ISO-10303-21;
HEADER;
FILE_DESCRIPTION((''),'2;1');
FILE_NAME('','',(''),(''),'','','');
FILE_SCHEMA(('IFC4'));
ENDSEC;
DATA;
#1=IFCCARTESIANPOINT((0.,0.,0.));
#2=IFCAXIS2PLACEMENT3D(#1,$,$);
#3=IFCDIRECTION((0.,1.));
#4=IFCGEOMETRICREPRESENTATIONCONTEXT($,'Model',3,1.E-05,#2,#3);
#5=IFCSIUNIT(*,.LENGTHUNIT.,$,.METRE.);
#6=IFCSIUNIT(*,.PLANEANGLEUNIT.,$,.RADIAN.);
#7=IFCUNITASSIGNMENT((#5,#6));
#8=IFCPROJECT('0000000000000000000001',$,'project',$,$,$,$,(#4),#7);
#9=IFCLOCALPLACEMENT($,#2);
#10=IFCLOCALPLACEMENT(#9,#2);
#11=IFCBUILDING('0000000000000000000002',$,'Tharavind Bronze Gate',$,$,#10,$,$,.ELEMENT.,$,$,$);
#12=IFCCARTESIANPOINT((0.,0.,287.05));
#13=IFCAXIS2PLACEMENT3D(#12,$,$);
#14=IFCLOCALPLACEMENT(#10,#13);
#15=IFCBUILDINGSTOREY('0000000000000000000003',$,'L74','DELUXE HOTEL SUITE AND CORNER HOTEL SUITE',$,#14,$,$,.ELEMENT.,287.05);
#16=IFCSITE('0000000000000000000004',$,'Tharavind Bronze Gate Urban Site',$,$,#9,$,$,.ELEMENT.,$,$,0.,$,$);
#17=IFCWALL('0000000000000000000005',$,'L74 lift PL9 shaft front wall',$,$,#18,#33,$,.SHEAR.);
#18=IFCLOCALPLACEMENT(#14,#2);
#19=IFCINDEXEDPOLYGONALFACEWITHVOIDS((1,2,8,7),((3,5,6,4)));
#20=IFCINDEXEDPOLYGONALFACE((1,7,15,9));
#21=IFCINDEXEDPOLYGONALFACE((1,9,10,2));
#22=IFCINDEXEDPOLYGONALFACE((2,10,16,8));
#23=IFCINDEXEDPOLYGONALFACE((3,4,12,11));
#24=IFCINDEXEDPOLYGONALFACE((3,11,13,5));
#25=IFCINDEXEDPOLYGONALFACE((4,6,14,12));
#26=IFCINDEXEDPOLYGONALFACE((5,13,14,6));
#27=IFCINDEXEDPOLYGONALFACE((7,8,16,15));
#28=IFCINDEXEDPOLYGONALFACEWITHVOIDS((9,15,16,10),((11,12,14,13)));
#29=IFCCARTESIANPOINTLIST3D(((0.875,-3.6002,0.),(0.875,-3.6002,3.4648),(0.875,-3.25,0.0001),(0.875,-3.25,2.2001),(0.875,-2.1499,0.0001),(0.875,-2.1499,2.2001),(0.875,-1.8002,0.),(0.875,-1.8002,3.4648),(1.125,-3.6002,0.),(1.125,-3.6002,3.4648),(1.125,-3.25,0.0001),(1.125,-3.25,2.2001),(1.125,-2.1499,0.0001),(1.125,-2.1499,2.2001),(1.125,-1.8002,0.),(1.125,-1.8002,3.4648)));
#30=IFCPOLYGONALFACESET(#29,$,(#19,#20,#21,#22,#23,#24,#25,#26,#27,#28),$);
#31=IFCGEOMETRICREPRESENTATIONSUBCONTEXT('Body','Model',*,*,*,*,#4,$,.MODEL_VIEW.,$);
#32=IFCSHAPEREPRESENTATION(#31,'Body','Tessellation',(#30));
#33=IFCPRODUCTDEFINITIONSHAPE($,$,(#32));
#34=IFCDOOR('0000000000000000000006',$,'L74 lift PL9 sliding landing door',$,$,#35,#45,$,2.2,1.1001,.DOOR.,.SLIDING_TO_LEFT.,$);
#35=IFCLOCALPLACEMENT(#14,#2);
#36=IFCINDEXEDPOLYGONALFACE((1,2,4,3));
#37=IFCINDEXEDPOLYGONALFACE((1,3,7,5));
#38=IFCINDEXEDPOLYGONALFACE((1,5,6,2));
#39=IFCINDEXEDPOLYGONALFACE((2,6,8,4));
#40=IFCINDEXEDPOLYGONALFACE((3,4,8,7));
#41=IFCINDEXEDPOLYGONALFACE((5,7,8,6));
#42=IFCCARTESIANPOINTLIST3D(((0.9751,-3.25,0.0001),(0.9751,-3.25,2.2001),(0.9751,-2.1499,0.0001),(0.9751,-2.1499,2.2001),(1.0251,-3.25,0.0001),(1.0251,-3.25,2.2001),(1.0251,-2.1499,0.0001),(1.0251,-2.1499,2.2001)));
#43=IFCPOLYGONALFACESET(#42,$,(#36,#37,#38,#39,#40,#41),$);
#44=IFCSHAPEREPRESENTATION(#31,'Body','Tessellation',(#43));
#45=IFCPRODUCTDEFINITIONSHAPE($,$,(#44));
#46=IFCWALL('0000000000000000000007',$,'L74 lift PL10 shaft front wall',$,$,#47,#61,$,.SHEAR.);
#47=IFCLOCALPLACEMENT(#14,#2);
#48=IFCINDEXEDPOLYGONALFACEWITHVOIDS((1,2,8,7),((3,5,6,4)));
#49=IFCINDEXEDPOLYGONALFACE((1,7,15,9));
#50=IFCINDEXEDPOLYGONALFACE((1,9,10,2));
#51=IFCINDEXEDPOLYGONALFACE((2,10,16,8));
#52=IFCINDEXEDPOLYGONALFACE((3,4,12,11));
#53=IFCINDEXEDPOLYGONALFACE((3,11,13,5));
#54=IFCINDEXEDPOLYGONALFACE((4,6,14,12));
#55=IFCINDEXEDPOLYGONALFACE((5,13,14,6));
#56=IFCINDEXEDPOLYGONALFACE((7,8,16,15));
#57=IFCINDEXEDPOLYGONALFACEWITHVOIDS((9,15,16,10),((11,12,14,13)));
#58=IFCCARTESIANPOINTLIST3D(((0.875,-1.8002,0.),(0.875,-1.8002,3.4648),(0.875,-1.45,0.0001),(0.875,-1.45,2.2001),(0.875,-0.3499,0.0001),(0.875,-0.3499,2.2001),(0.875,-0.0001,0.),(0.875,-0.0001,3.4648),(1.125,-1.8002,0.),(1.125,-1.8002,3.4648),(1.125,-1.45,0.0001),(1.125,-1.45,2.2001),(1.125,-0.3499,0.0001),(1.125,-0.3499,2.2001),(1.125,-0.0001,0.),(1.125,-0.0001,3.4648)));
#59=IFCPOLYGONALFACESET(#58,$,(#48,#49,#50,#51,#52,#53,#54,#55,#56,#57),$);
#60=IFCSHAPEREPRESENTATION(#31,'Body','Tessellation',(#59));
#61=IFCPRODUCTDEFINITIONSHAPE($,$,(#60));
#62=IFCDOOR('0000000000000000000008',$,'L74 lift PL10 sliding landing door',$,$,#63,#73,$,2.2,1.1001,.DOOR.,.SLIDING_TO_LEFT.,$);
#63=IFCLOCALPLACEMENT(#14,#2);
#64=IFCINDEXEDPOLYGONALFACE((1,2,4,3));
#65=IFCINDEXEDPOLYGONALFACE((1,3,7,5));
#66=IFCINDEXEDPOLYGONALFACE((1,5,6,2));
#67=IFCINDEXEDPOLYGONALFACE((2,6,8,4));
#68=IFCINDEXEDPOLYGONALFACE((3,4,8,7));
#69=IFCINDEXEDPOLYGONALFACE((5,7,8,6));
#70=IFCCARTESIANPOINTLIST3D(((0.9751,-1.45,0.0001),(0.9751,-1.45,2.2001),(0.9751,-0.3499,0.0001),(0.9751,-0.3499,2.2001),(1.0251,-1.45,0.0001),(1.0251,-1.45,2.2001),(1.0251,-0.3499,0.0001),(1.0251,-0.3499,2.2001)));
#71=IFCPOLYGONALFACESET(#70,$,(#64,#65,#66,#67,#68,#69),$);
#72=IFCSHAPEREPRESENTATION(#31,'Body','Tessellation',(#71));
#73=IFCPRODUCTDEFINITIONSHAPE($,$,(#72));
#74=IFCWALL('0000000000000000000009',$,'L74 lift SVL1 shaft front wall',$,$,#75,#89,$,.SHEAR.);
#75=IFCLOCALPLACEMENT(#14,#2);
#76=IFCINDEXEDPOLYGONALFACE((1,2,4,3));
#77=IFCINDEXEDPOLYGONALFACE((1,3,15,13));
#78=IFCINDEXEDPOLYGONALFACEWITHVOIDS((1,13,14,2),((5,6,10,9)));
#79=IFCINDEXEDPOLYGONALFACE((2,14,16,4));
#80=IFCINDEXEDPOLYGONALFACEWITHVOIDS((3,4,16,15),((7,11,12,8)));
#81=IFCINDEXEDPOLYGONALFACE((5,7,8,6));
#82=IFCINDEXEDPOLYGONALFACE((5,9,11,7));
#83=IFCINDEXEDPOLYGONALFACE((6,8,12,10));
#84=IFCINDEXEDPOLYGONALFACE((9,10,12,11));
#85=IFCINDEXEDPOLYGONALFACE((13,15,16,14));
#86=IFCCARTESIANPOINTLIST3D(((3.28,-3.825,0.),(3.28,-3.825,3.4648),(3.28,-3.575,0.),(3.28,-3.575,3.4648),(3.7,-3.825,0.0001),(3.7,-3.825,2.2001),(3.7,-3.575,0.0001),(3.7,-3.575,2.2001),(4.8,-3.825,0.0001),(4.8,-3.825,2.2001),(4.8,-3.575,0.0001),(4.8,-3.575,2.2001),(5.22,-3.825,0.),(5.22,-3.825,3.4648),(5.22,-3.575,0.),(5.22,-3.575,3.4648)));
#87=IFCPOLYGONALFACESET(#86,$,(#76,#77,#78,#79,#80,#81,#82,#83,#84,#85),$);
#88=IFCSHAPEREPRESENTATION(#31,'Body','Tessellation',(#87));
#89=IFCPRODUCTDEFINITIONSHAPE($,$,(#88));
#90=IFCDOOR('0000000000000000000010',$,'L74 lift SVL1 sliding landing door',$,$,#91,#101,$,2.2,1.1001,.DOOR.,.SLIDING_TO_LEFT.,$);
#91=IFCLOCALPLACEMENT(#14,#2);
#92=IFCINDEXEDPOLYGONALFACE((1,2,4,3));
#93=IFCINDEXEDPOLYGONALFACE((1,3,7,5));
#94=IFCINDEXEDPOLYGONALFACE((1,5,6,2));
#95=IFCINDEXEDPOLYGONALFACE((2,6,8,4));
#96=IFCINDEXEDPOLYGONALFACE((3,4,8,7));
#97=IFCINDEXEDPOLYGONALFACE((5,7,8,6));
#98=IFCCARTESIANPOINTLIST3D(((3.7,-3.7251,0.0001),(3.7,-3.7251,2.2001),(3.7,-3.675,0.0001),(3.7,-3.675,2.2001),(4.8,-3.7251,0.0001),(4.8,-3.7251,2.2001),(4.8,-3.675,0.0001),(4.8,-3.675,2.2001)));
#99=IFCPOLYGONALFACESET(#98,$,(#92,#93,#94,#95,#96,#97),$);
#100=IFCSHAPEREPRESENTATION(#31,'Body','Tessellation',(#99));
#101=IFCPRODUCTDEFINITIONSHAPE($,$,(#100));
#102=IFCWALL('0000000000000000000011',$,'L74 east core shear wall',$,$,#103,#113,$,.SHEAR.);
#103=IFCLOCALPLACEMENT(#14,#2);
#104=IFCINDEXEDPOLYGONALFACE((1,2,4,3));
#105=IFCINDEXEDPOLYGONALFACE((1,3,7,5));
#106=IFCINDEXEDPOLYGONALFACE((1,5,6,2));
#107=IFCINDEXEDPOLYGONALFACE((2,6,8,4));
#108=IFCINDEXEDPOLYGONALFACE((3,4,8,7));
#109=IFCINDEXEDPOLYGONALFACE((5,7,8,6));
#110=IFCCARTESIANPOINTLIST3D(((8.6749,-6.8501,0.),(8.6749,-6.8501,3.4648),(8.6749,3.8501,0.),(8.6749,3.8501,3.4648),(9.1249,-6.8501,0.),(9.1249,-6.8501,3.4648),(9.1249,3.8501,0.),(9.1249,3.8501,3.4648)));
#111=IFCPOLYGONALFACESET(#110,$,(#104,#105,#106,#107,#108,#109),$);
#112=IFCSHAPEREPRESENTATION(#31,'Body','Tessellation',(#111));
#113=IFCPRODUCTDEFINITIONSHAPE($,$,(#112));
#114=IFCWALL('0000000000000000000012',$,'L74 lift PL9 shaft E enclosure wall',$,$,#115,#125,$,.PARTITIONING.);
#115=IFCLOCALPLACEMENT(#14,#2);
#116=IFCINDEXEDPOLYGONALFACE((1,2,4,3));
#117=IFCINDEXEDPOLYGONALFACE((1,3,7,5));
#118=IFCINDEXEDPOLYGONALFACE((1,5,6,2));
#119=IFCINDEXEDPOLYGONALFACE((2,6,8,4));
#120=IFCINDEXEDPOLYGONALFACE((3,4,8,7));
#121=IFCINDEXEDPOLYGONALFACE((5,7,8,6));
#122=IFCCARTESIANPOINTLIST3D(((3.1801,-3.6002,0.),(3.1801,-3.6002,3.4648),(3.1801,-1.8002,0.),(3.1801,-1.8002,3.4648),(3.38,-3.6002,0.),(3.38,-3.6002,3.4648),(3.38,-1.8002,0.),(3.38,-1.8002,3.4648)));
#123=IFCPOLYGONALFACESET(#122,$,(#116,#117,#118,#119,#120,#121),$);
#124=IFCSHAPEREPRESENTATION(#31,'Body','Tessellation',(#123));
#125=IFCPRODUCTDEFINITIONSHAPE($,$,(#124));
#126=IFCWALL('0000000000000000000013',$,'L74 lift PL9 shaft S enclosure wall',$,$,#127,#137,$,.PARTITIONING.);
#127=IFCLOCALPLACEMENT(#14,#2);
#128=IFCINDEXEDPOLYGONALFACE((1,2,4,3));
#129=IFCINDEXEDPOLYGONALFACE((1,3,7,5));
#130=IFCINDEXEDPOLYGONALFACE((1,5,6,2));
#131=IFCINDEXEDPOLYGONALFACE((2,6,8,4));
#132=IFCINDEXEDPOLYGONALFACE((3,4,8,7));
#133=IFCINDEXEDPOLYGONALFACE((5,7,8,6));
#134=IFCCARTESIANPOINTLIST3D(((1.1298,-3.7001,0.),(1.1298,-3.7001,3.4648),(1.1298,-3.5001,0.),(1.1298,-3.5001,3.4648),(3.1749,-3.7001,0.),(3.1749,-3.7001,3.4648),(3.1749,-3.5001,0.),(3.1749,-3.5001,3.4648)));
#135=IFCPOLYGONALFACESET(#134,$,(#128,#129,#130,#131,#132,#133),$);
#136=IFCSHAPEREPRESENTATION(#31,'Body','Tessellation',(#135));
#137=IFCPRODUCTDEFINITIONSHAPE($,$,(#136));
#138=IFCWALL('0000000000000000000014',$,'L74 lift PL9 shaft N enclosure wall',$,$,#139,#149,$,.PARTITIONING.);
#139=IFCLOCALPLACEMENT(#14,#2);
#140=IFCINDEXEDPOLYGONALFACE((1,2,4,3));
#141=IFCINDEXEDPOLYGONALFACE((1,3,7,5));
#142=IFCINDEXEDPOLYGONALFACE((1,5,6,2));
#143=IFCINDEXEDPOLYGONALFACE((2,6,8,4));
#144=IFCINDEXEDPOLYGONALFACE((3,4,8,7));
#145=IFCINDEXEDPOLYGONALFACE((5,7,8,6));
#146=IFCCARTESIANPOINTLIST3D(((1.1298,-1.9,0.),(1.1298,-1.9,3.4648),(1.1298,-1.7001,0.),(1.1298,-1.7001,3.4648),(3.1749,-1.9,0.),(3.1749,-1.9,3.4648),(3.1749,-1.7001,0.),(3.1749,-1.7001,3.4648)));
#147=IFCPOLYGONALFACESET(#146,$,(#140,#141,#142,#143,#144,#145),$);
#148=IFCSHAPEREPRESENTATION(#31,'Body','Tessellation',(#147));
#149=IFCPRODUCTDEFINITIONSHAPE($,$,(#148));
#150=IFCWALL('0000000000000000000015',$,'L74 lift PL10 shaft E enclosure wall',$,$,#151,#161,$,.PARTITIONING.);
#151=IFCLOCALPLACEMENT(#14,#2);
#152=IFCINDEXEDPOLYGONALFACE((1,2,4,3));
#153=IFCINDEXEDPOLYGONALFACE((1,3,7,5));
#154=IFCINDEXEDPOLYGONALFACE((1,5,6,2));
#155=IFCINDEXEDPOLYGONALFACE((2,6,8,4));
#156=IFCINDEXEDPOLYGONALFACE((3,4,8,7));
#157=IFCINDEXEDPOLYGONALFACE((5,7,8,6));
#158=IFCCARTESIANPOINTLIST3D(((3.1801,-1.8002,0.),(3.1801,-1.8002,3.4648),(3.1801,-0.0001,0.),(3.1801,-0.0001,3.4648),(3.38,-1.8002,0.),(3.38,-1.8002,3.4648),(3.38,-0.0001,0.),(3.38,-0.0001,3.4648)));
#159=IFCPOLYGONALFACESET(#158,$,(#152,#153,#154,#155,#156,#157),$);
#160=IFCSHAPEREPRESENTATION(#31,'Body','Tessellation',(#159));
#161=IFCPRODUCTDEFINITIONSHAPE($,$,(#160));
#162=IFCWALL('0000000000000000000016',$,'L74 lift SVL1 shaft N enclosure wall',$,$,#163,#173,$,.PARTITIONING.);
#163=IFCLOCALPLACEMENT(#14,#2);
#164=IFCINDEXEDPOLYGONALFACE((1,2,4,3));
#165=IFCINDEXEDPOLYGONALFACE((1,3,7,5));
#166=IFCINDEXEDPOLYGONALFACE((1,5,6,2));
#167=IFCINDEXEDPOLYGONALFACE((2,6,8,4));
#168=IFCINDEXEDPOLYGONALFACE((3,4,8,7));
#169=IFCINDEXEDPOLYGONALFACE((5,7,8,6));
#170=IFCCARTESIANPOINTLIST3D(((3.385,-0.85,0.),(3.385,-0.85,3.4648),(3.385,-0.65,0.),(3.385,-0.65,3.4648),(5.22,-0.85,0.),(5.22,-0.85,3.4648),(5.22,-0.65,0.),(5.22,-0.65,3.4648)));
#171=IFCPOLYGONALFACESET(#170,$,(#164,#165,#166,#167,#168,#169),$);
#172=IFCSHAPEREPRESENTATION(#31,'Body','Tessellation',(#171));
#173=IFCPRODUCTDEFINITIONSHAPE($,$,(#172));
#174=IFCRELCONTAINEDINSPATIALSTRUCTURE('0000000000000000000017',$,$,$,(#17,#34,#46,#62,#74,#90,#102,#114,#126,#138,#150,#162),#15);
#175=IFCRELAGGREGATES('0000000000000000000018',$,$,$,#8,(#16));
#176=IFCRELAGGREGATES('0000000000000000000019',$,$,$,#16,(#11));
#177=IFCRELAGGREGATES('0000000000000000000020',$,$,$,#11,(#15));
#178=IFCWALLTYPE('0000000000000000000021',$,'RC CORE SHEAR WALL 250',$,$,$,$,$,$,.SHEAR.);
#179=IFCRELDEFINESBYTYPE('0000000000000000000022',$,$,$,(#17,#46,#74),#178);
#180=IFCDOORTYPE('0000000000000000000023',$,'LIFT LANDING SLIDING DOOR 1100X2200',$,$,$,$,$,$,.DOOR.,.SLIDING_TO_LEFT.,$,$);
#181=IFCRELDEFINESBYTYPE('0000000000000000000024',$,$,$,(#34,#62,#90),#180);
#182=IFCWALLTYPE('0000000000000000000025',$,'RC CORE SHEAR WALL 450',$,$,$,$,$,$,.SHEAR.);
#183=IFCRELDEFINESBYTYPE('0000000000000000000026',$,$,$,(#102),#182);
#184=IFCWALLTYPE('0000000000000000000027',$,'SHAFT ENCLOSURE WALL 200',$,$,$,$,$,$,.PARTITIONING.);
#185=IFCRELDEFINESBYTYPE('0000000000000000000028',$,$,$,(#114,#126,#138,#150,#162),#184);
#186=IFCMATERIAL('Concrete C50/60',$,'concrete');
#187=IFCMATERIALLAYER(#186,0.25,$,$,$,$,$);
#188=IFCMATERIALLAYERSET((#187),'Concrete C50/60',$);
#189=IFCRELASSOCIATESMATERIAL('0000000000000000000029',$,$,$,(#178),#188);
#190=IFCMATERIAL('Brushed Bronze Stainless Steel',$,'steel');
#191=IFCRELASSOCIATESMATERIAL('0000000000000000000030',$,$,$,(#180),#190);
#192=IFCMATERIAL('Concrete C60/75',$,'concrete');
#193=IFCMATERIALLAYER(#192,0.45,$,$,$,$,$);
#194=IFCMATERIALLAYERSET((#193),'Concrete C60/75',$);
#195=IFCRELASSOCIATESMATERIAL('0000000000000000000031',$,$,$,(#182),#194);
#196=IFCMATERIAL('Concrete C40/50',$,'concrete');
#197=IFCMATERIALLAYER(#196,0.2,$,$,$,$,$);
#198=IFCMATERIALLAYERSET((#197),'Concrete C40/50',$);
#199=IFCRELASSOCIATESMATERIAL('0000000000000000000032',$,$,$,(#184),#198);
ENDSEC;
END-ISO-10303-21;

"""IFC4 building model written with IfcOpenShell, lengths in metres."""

from ifc_helpers import new_model, si_unit, direction, frame, frame_2d, origin, place, context, subcontext, project, spatial, rectangle, extrude, material, layer, layer_set, type_object, element, fill, save


model = new_model("IFC4")

# Units and contexts
model_context = context("Model", 3, precision=1e-05, world=origin(), true_north=direction((0.0, 1.0)))
body_context = subcontext(model_context, "Body", "Model", "MODEL_VIEW")
ifc_project = project(units=[si_unit("LENGTHUNIT", "METRE"), si_unit("PLANEANGLEUNIT", "RADIAN")], contexts=[model_context])

# Site, building, storey
site_placement = place(None, origin())
site = spatial("IfcSite", under=ifc_project, at=site_placement, Name="Tharavind Bronze Gate Urban Site", CompositionType="ELEMENT", RefElevation=0.0)
building_placement = place(site_placement, origin())
building = spatial("IfcBuilding", under=site, at=building_placement, Name="Tharavind Bronze Gate", CompositionType="ELEMENT")
storey_placement = place(building_placement, frame((0.0, 0.0, 287.05)))
storey = spatial("IfcBuildingStorey", under=building, at=storey_placement, Name="L74", Description="DELUXE HOTEL SUITE AND CORNER HOTEL SUITE", CompositionType="ELEMENT", Elevation=287.05)

# Shared definitions
ifc_material_1 = material(Name="Concrete C50/60", Category="concrete")

# Shared definitions
ifc_layer_1 = layer(ifc_material_1, 0.25)
ifc_layer_set_1 = layer_set([ifc_layer_1], Name="Concrete C50/60")
wall_type_1 = type_object("IfcWallType", Name="RC CORE SHEAR WALL 250", PredefinedType="SHEAR", material=ifc_layer_set_1)

# Walls, openings, doors
wall_1_placement = place(storey_placement, frame((1.0, -3.6001, 0.0), z_axis=(0.0, 0.0, 1.0), x_axis=(0.0, 1.0, 0.0)))
wall_1 = element("IfcWall", 1, at=wall_1_placement, inside=storey, type_object=wall_type_1, Name="L74 lift PL9 shaft front wall", PredefinedType="SHEAR", context=body_context, shape_type="SweptSolid", body=[
    extrude(rectangle(XDim=1.8, YDim=0.25, at=frame_2d((0.8999, 0.0))), origin(), (0.0, 0.0, 1.0), 3.4648),
])
opening_1_placement = place(wall_1_placement, frame((0.3501, 0.0, 0.0)))
opening_1 = element("IfcOpeningElement", 2, at=opening_1_placement, cuts=wall_1, PredefinedType="OPENING", context=body_context, shape_type="SweptSolid", body=[
    extrude(rectangle(XDim=1.1001, YDim=2.2, at=frame_2d((0.55, 1.1001))), frame((0.0, 0.135, 0.0), z_axis=(0.0, -1.0, 0.0), x_axis=(1.0, 0.0, 0.0)), (0.0, 0.0, 1.0), 0.27),
])
ifc_material_2 = material(Name="Brushed Bronze Stainless Steel", Category="steel")
door_type_1 = type_object("IfcDoorType", Name="LIFT LANDING SLIDING DOOR 1100X2200", OperationType="SLIDING_TO_LEFT", PredefinedType="DOOR", material=ifc_material_2)
door_1_placement = place(opening_1_placement, origin())
door_1 = element("IfcDoor", 3, at=door_1_placement, inside=storey, type_object=door_type_1, Name="L74 lift PL9 sliding landing door", OperationType="SLIDING_TO_LEFT", OverallHeight=2.2, OverallWidth=1.1001, PredefinedType="DOOR", context=body_context, shape_type="SweptSolid", body=[
    extrude(rectangle(XDim=1.1001, YDim=2.2, at=frame_2d((0.55, 1.1001))), frame((0.0, 0.0249, 0.0), z_axis=(0.0, -1.0, 0.0), x_axis=(1.0, 0.0, 0.0)), (0.0, 0.0, 1.0), 0.05),
])
fill(opening_1, door_1)
wall_2_placement = place(storey_placement, frame((1.0, -1.8, 0.0), z_axis=(0.0, 0.0, 1.0), x_axis=(0.0, 1.0, 0.0)))
wall_2 = element("IfcWall", 4, at=wall_2_placement, inside=storey, type_object=wall_type_1, Name="L74 lift PL10 shaft front wall", PredefinedType="SHEAR", context=body_context, shape_type="SweptSolid", body=[
    extrude(rectangle(XDim=1.8, YDim=0.25, at=frame_2d((0.8999, 0.0))), origin(), (0.0, 0.0, 1.0), 3.4648),
])
opening_2_placement = place(wall_2_placement, frame((0.3501, 0.0, 0.0)))
opening_2 = element("IfcOpeningElement", 5, at=opening_2_placement, cuts=wall_2, PredefinedType="OPENING", context=body_context, shape_type="SweptSolid", body=[
    extrude(rectangle(XDim=1.1001, YDim=2.2, at=frame_2d((0.55, 1.1001))), frame((0.0, 0.135, 0.0), z_axis=(0.0, -1.0, 0.0), x_axis=(1.0, 0.0, 0.0)), (0.0, 0.0, 1.0), 0.27),
])
door_2_placement = place(opening_2_placement, origin())
door_2 = element("IfcDoor", 6, at=door_2_placement, inside=storey, type_object=door_type_1, Name="L74 lift PL10 sliding landing door", OperationType="SLIDING_TO_LEFT", OverallHeight=2.2, OverallWidth=1.1001, PredefinedType="DOOR", context=body_context, shape_type="SweptSolid", body=[
    extrude(rectangle(XDim=1.1001, YDim=2.2, at=frame_2d((0.55, 1.1001))), frame((0.0, 0.0249, 0.0), z_axis=(0.0, -1.0, 0.0), x_axis=(1.0, 0.0, 0.0)), (0.0, 0.0, 1.0), 0.05),
])
fill(opening_2, door_2)
wall_3_placement = place(storey_placement, frame((3.28, -3.7, 0.0), z_axis=(0.0, 0.0, 1.0), x_axis=(1.0, 0.0, 0.0)))
wall_3 = element("IfcWall", 7, at=wall_3_placement, inside=storey, type_object=wall_type_1, Name="L74 lift SVL1 shaft front wall", PredefinedType="SHEAR", context=body_context, shape_type="SweptSolid", body=[
    extrude(rectangle(XDim=1.9399, YDim=0.25, at=frame_2d((0.97, 0.0))), origin(), (0.0, 0.0, 1.0), 3.4648),
])
opening_3_placement = place(wall_3_placement, frame((0.4199, 0.0, 0.0)))
opening_3 = element("IfcOpeningElement", 8, at=opening_3_placement, cuts=wall_3, PredefinedType="OPENING", context=body_context, shape_type="SweptSolid", body=[
    extrude(rectangle(XDim=1.1001, YDim=2.2, at=frame_2d((0.55, 1.1001))), frame((0.0, 0.135, 0.0), z_axis=(0.0, -1.0, 0.0), x_axis=(1.0, 0.0, 0.0)), (0.0, 0.0, 1.0), 0.27),
])
door_3_placement = place(opening_3_placement, origin())
door_3 = element("IfcDoor", 9, at=door_3_placement, inside=storey, type_object=door_type_1, Name="L74 lift SVL1 sliding landing door", OperationType="SLIDING_TO_LEFT", OverallHeight=2.2, OverallWidth=1.1001, PredefinedType="DOOR", context=body_context, shape_type="SweptSolid", body=[
    extrude(rectangle(XDim=1.1001, YDim=2.2, at=frame_2d((0.55, 1.1001))), frame((0.0, 0.0249, 0.0), z_axis=(0.0, -1.0, 0.0), x_axis=(1.0, 0.0, 0.0)), (0.0, 0.0, 1.0), 0.05),
])
fill(opening_3, door_3)

# Walls
ifc_material_3 = material(Name="Concrete C60/75", Category="concrete")
ifc_layer_2 = layer(ifc_material_3, 0.45)
ifc_layer_set_2 = layer_set([ifc_layer_2], Name="Concrete C60/75")
wall_type_2 = type_object("IfcWallType", Name="RC CORE SHEAR WALL 450", PredefinedType="SHEAR", material=ifc_layer_set_2)
wall_4_placement = place(storey_placement, frame((8.8999, -6.8501, 0.0), z_axis=(0.0, 0.0, 1.0), x_axis=(0.0, 1.0, 0.0)))
element("IfcWall", 10, at=wall_4_placement, inside=storey, type_object=wall_type_2, Name="L74 east core shear wall", PredefinedType="SHEAR", context=body_context, shape_type="SweptSolid", body=[
    extrude(rectangle(XDim=10.7002, YDim=0.45, at=frame_2d((5.3501, 0.0))), origin(), (0.0, 0.0, 1.0), 3.4648),
])
ifc_material_4 = material(Name="Concrete C40/50", Category="concrete")
ifc_layer_3 = layer(ifc_material_4, 0.2)
ifc_layer_set_3 = layer_set([ifc_layer_3], Name="Concrete C40/50")
wall_type_3 = type_object("IfcWallType", Name="SHAFT ENCLOSURE WALL 200", PredefinedType="PARTITIONING", material=ifc_layer_set_3)
wall_5_placement = place(storey_placement, frame((3.28, -3.6001, 0.0), z_axis=(0.0, 0.0, 1.0), x_axis=(0.0, 1.0, 0.0)))
element("IfcWall", 11, at=wall_5_placement, inside=storey, type_object=wall_type_3, Name="L74 lift PL9 shaft E enclosure wall", PredefinedType="PARTITIONING", context=body_context, shape_type="SweptSolid", body=[
    extrude(rectangle(XDim=1.8, YDim=0.2, at=frame_2d((0.8999, 0.0))), origin(), (0.0, 0.0, 1.0), 3.4648),
])
for number, where, z_axis, x_axis, name in (
    (12, (1.1299, -3.6001, 0.0), (0.0, 0.0, 1.0), (1.0, 0.0, 0.0), "L74 lift PL9 shaft S enclosure wall"),
    (13, (1.1299, -1.8, 0.0), (0.0, 0.0, 1.0), (1.0, 0.0, 0.0), "L74 lift PL9 shaft N enclosure wall"),
):
    element("IfcWall", number, at=place(storey_placement, frame(where, z_axis=z_axis, x_axis=x_axis)), inside=storey, type_object=wall_type_3, Name=name, PredefinedType="PARTITIONING", context=body_context, shape_type="SweptSolid", body=[
        extrude(rectangle(XDim=2.0452, YDim=0.2, at=frame_2d((1.0225, 0.0))), origin(), (0.0, 0.0, 1.0), 3.4648),
    ])
wall_6_placement = place(storey_placement, frame((3.28, -1.8, 0.0), z_axis=(0.0, 0.0, 1.0), x_axis=(0.0, 1.0, 0.0)))
element("IfcWall", 14, at=wall_6_placement, inside=storey, type_object=wall_type_3, Name="L74 lift PL10 shaft E enclosure wall", PredefinedType="PARTITIONING", context=body_context, shape_type="SweptSolid", body=[
    extrude(rectangle(XDim=1.8, YDim=0.2, at=frame_2d((0.8999, 0.0))), origin(), (0.0, 0.0, 1.0), 3.4648),
])
wall_7_placement = place(storey_placement, frame((3.385, -0.75, 0.0), z_axis=(0.0, 0.0, 1.0), x_axis=(1.0, 0.0, 0.0)))
element("IfcWall", 15, at=wall_7_placement, inside=storey, type_object=wall_type_3, Name="L74 lift SVL1 shaft N enclosure wall", PredefinedType="PARTITIONING", context=body_context, shape_type="SweptSolid", body=[
    extrude(rectangle(XDim=1.835, YDim=0.2, at=frame_2d((0.9175, 0.0))), origin(), (0.0, 0.0, 1.0), 3.4648),
])

save(model, "model.ifc")
